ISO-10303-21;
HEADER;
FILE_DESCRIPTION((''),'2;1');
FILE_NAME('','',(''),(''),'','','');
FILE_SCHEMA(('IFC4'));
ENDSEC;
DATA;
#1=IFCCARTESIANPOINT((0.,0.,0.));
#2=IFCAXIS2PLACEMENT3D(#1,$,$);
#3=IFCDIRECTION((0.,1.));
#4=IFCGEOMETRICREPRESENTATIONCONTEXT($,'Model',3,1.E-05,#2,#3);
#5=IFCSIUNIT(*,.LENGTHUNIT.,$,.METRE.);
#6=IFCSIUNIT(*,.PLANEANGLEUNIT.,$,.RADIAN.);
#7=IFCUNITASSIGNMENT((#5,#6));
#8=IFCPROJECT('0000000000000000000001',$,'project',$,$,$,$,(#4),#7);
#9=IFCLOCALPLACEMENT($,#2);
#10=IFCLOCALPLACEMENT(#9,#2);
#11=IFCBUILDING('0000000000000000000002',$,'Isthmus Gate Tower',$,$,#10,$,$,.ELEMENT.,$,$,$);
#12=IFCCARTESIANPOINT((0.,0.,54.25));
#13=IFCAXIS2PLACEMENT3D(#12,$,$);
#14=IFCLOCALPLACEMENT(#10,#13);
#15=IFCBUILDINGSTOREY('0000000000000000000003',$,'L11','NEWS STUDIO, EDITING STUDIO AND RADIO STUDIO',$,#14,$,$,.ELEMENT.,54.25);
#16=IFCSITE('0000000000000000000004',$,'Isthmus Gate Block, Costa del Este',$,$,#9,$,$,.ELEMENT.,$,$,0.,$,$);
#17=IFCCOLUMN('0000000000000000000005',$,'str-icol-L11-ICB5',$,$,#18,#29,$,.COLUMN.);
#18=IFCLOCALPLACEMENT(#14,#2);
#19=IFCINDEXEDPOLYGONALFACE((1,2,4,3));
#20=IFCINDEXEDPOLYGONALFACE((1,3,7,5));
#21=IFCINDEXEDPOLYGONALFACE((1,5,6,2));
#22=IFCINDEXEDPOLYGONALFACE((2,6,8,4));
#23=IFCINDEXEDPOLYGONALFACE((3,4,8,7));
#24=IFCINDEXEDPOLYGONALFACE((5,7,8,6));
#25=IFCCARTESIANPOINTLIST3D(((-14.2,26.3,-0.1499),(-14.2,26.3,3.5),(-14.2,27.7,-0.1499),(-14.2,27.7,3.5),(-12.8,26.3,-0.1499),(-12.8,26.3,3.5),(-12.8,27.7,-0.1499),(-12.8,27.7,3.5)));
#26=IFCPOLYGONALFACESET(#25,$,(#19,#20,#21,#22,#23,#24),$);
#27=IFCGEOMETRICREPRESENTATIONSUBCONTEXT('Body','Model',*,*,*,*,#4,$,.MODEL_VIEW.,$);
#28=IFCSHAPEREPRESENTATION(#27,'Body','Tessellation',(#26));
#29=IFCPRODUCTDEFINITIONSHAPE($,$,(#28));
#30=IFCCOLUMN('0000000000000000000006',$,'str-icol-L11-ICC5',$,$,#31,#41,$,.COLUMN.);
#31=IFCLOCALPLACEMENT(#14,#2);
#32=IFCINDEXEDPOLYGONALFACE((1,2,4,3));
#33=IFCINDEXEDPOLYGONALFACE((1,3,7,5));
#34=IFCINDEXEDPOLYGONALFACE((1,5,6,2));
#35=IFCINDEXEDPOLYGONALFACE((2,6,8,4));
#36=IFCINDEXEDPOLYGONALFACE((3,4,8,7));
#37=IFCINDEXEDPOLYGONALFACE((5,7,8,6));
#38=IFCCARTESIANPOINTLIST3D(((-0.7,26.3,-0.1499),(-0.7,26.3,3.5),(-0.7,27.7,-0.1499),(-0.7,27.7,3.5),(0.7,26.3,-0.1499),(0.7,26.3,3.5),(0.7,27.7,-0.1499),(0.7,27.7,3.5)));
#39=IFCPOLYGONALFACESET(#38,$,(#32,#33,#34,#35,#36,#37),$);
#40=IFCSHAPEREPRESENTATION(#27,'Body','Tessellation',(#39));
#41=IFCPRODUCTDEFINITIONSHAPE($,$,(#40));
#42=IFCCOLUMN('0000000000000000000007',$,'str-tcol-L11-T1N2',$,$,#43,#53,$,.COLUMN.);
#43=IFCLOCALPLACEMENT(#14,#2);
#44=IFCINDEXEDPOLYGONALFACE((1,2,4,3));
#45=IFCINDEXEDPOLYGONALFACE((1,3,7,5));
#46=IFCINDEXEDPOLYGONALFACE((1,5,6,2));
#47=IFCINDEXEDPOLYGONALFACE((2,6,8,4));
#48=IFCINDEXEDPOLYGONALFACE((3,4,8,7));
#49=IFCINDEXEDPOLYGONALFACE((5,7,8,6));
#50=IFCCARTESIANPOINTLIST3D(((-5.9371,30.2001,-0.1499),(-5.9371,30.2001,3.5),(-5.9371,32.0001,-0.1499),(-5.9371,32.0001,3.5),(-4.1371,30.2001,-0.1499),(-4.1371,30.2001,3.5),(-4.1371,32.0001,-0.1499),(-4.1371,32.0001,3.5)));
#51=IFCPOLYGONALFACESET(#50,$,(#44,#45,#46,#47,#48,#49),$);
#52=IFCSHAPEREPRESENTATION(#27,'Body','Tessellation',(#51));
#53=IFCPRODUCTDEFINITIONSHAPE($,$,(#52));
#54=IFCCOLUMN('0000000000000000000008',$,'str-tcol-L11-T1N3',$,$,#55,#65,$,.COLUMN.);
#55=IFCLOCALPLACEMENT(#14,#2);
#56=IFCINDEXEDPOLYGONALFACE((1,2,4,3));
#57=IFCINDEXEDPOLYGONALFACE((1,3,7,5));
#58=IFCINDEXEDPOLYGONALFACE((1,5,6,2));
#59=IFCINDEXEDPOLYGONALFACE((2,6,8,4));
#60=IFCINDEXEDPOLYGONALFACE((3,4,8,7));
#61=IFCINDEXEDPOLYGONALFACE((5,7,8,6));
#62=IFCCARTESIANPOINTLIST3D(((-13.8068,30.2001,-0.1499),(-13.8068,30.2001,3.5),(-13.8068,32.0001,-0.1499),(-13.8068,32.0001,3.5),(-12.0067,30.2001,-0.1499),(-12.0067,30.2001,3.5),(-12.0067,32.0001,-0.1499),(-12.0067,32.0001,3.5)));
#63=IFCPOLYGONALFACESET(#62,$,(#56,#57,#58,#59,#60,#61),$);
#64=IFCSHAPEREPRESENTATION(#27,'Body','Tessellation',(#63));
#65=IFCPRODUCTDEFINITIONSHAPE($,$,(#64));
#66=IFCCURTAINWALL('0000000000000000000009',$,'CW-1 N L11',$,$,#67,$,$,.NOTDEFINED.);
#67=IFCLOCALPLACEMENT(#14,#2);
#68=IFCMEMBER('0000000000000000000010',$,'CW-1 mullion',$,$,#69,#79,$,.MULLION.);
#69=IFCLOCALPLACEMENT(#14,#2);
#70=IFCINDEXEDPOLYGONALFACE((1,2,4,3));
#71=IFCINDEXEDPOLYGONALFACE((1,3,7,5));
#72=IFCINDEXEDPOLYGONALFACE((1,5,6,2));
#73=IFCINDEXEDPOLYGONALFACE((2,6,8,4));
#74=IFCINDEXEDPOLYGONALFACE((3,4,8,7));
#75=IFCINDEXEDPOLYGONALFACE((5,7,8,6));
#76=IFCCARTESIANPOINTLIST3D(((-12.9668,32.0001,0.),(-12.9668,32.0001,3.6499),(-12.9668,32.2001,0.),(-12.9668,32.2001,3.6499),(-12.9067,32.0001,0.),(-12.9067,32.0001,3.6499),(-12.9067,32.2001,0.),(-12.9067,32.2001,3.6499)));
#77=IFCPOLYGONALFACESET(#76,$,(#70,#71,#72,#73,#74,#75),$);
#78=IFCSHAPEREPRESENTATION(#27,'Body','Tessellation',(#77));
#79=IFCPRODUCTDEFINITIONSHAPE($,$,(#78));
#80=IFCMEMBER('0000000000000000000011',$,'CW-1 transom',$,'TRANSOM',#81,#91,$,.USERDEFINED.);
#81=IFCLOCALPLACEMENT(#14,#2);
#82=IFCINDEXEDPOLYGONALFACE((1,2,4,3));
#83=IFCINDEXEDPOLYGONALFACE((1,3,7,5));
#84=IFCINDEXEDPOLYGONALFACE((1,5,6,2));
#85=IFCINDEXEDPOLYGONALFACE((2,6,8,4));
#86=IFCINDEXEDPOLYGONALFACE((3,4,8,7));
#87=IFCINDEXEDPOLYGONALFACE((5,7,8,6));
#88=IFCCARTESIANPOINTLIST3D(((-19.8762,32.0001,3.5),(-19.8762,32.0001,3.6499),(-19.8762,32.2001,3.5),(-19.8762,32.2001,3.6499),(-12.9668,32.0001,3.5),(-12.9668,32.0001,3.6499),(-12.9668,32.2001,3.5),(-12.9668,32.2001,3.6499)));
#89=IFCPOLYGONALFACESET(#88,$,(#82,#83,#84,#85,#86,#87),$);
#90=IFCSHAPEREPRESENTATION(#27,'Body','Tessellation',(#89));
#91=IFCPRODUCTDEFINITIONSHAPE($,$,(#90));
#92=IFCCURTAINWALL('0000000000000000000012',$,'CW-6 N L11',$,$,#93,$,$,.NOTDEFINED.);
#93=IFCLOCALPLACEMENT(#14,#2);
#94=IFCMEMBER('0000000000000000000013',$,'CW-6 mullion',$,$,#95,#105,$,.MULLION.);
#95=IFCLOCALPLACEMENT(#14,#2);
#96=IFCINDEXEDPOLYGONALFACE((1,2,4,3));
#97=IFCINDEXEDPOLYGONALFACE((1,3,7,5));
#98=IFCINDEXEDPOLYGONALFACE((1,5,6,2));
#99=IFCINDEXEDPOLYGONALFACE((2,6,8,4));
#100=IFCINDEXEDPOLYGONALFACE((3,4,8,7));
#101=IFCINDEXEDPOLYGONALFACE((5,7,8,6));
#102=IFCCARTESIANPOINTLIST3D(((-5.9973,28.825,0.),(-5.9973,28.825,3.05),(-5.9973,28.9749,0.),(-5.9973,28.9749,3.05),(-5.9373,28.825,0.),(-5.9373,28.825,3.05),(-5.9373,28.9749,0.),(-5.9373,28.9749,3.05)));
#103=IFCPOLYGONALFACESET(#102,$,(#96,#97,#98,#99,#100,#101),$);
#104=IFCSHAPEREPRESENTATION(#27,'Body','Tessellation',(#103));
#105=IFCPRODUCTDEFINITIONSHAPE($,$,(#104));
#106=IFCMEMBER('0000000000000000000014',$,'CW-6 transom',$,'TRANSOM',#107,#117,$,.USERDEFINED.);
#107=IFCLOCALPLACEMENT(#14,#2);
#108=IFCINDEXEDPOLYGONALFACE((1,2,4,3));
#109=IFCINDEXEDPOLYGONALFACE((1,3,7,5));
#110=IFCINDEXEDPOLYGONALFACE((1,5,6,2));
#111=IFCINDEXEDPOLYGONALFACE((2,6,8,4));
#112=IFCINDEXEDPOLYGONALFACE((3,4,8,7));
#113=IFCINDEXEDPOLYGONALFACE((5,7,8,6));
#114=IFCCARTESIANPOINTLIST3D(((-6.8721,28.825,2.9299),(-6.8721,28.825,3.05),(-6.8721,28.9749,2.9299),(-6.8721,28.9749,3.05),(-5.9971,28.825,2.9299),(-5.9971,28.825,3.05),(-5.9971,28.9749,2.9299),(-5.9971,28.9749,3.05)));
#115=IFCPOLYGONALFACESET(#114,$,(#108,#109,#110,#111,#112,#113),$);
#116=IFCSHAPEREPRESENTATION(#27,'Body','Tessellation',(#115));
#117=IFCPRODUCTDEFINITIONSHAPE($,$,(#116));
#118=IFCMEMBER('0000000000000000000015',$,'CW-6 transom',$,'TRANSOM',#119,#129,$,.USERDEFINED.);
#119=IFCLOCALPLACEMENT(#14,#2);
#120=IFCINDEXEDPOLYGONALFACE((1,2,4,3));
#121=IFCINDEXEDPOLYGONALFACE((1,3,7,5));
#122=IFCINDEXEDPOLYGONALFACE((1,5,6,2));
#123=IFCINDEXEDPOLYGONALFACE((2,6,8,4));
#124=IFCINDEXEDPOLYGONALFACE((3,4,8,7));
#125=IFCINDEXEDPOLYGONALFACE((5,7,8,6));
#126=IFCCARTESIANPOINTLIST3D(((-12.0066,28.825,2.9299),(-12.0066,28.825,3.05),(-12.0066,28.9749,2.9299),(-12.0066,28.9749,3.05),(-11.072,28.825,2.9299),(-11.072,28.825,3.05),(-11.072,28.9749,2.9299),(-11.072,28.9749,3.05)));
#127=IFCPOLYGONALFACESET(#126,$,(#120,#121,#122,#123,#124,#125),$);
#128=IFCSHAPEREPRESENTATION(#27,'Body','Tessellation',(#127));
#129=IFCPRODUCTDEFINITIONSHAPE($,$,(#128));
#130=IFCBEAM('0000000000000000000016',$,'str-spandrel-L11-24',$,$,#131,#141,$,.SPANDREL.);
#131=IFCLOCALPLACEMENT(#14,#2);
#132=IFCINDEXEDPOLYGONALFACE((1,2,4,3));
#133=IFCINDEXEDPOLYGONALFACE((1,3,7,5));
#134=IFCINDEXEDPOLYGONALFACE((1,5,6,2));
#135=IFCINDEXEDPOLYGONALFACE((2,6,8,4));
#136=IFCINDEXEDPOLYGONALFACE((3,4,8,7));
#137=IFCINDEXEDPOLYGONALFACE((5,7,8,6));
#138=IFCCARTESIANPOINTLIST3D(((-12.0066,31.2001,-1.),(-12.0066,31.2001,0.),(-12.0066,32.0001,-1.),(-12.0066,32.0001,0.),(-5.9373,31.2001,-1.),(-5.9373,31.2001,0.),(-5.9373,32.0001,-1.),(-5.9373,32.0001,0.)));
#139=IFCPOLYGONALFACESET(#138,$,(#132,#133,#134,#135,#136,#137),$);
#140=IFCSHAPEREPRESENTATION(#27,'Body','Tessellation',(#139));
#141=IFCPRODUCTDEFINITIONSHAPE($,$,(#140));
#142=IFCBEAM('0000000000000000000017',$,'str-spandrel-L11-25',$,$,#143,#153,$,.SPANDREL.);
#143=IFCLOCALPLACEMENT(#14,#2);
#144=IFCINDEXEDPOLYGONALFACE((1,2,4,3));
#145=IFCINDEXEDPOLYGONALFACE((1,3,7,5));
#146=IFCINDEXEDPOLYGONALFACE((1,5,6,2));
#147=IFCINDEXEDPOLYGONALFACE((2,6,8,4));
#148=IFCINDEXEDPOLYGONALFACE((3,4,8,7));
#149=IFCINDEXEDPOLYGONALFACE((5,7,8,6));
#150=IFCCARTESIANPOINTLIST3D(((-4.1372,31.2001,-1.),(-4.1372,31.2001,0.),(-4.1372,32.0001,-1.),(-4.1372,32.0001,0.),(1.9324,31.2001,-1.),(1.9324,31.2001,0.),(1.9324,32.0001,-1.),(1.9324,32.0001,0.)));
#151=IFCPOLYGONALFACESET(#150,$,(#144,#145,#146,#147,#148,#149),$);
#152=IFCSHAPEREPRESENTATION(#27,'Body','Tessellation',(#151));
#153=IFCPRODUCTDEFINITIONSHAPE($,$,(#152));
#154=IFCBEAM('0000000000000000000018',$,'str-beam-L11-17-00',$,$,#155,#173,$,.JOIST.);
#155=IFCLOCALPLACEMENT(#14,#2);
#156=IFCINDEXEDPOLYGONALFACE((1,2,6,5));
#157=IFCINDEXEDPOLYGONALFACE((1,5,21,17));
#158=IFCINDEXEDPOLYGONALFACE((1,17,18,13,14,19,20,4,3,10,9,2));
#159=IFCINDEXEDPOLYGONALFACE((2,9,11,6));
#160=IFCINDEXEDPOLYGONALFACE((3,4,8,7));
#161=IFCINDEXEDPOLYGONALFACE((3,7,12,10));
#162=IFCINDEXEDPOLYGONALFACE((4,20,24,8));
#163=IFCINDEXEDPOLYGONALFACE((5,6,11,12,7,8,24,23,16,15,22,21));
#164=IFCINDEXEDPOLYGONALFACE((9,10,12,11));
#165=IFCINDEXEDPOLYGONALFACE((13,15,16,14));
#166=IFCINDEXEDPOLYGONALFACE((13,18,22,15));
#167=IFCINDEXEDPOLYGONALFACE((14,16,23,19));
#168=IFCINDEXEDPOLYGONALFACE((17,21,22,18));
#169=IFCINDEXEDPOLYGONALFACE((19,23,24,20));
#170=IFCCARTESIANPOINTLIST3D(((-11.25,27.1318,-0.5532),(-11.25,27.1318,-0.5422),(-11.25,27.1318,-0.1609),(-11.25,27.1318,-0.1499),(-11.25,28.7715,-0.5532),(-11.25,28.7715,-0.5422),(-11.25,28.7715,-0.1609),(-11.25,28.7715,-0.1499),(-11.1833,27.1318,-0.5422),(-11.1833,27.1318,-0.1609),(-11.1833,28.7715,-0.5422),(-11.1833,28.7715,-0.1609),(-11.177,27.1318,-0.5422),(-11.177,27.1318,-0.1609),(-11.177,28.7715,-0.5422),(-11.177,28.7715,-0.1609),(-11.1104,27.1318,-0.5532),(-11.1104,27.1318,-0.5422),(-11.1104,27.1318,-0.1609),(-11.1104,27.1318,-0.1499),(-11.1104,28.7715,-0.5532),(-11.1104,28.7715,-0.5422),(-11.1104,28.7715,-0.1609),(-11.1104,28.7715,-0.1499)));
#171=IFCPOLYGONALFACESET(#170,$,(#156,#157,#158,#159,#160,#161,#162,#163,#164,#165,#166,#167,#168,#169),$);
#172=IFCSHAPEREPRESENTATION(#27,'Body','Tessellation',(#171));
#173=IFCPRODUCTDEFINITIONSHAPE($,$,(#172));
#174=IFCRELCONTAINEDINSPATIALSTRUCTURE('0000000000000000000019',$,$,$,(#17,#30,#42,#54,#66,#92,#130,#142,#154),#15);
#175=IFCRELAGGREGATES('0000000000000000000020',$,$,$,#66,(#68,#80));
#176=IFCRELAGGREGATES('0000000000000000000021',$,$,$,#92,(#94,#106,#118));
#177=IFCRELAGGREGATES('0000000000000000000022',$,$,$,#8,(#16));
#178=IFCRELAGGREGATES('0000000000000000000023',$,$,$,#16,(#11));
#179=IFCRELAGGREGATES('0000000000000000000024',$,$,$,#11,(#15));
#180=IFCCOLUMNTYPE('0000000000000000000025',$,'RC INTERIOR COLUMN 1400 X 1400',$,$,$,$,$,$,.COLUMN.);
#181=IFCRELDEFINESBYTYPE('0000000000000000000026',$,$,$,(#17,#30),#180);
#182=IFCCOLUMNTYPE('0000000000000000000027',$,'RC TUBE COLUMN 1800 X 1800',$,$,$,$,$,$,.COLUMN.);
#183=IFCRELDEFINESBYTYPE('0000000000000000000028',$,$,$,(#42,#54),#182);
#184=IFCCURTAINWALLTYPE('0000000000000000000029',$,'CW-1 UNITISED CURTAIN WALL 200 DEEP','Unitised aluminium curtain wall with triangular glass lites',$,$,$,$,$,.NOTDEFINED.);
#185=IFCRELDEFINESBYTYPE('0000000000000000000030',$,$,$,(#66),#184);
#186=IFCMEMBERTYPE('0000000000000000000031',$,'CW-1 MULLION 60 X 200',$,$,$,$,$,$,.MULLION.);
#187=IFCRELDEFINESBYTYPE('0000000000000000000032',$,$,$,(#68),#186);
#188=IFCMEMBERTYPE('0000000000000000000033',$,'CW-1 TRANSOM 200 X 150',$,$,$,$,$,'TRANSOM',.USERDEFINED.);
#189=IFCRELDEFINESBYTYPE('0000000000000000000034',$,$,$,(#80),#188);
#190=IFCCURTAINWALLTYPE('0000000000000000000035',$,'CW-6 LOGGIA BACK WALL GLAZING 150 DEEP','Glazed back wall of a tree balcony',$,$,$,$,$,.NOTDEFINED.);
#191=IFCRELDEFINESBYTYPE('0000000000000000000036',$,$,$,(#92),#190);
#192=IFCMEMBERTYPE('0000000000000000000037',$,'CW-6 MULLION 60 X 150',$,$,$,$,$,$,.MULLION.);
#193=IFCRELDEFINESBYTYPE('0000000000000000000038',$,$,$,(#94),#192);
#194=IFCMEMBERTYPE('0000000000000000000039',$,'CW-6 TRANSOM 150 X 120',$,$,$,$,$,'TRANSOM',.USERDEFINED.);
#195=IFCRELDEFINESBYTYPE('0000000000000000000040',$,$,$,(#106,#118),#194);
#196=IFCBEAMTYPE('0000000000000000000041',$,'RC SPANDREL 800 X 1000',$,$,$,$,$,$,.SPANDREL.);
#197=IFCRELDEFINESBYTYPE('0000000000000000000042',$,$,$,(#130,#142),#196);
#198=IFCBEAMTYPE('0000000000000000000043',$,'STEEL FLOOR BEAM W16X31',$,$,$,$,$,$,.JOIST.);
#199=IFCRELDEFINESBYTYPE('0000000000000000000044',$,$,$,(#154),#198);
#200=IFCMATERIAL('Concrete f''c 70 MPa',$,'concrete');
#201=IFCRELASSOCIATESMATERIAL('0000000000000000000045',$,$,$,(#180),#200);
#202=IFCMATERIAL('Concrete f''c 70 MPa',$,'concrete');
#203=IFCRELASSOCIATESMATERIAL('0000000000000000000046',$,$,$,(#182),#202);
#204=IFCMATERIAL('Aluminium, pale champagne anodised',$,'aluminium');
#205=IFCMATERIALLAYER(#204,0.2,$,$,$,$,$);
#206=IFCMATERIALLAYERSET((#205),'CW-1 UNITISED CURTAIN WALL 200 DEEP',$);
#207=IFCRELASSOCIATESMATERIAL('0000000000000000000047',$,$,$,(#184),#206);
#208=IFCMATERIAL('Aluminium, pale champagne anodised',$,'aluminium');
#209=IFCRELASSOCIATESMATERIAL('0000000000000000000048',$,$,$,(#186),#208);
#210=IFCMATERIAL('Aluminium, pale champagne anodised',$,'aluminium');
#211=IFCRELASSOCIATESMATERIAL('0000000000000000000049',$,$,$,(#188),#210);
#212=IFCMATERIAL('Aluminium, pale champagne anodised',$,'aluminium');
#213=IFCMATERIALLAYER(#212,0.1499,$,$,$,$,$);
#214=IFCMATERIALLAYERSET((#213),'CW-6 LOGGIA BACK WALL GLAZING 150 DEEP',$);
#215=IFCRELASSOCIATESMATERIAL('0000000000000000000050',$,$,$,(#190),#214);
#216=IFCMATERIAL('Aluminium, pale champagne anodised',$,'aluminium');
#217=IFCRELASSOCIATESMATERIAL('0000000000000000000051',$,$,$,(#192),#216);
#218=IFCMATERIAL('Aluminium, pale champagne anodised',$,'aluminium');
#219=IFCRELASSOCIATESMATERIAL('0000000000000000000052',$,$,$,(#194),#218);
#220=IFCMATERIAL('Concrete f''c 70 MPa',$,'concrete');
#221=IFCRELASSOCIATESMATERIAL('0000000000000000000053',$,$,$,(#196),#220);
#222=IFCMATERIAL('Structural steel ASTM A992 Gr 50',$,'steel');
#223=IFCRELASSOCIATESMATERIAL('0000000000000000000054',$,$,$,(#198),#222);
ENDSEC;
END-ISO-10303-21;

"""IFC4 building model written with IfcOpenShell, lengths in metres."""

from ifc_helpers import new_model, si_unit, direction, frame, origin, origin_2d, place, context, subcontext, project, spatial, rectangle, i_section, extrude, material, layer, layer_set, material_profile, profile_set, type_object, element, aggregate, save


model = new_model("IFC4")

# Units and contexts
model_context = context("Model", 3, precision=1e-05, world=origin(), true_north=direction((0.0, 1.0)))
body_context = subcontext(model_context, "Body", "Model", "MODEL_VIEW")
ifc_project = project(units=[si_unit("LENGTHUNIT", "METRE"), si_unit("PLANEANGLEUNIT", "RADIAN")], contexts=[model_context])

# Site, building, storey
site_placement = place(None, origin())
site = spatial("IfcSite", under=ifc_project, at=site_placement, Name="Isthmus Gate Block, Costa del Este", CompositionType="ELEMENT", RefElevation=0.0)
building_placement = place(site_placement, origin())
building = spatial("IfcBuilding", under=site, at=building_placement, Name="Isthmus Gate Tower", CompositionType="ELEMENT")
storey_placement = place(building_placement, frame((0.0, 0.0, 54.25)))
storey = spatial("IfcBuildingStorey", under=building, at=storey_placement, Name="L11", Description="NEWS STUDIO, EDITING STUDIO AND RADIO STUDIO", CompositionType="ELEMENT", Elevation=54.25)

# Columns
ifc_material_1 = material(Name="Concrete f'c 70 MPa", Category="concrete")
ifc_material_profile_1 = material_profile(ifc_material_1, rectangle(XDim=1.3999, YDim=1.3999, at=origin_2d()), Name="RC 1400X1400")
ifc_profile_set_1 = profile_set([ifc_material_profile_1], Name="Concrete f'c 70 MPa")
column_type_1 = type_object("IfcColumnType", Name="RC INTERIOR COLUMN 1400 X 1400", PredefinedType="COLUMN", material=ifc_profile_set_1)
for number, where, z_axis, x_axis, name in (
    (1, (-13.5, 27.0, -0.1499), (0.0, 0.0, 1.0), (1.0, 0.0, 0.0), "str-icol-L11-ICB5"),
    (2, (0.0, 27.0, -0.1499), (0.0, 0.0, 1.0), (1.0, 0.0, 0.0), "str-icol-L11-ICC5"),
):
    element("IfcColumn", number, at=place(storey_placement, frame(where, z_axis=z_axis, x_axis=x_axis)), inside=storey, type_object=column_type_1, Name=name, PredefinedType="COLUMN", context=body_context, shape_type="SweptSolid", body=[
        extrude(rectangle(XDim=1.3999, YDim=1.3999, at=origin_2d()), origin(), (0.0, 0.0, 1.0), 3.6499),
    ])
ifc_material_2 = material(Name="Concrete f'c 70 MPa", Category="concrete")
ifc_material_profile_2 = material_profile(ifc_material_2, rectangle(XDim=1.8, YDim=1.8, at=origin_2d()), Name="RC 1800X1800")
ifc_profile_set_2 = profile_set([ifc_material_profile_2], Name="Concrete f'c 70 MPa")
column_type_2 = type_object("IfcColumnType", Name="RC TUBE COLUMN 1800 X 1800", PredefinedType="COLUMN", material=ifc_profile_set_2)
for number, where, z_axis, x_axis, name in (
    (3, (-5.0371, 31.1001, -0.1499), (0.0, 0.0, 1.0), (-1.0, 0.0, 0.0), "str-tcol-L11-T1N2"),
    (4, (-12.9067, 31.1001, -0.1499), (0.0, 0.0, 1.0), (-1.0, 0.0, 0.0), "str-tcol-L11-T1N3"),
):
    element("IfcColumn", number, at=place(storey_placement, frame(where, z_axis=z_axis, x_axis=x_axis)), inside=storey, type_object=column_type_2, Name=name, PredefinedType="COLUMN", context=body_context, shape_type="SweptSolid", body=[
        extrude(rectangle(XDim=1.8, YDim=1.8, at=origin_2d()), origin(), (0.0, 0.0, 1.0), 3.6499),
    ])

# Curtain walls, members
ifc_material_3 = material(Name="Aluminium, pale champagne anodised", Category="aluminium")
ifc_layer_1 = layer(ifc_material_3, 0.2)
ifc_layer_set_1 = layer_set([ifc_layer_1], Name="CW-1 UNITISED CURTAIN WALL 200 DEEP")
curtain_wall_type_1 = type_object("IfcCurtainWallType", Name="CW-1 UNITISED CURTAIN WALL 200 DEEP", Description="Unitised aluminium curtain wall with triangular glass lites", PredefinedType="NOTDEFINED", material=ifc_layer_set_1)
curtain_wall_1_placement = place(storey_placement, origin())
curtain_wall_1 = element("IfcCurtainWall", 5, at=curtain_wall_1_placement, inside=storey, type_object=curtain_wall_type_1, Name="CW-1 N L11", PredefinedType="NOTDEFINED")
ifc_material_4 = material(Name="Aluminium, pale champagne anodised", Category="aluminium")
ifc_material_profile_3 = material_profile(ifc_material_4, rectangle(XDim=0.0601, YDim=0.2, at=origin_2d()), Name="60x200")
ifc_profile_set_3 = profile_set([ifc_material_profile_3], Name="Aluminium, pale champagne anodised")
member_type_1 = type_object("IfcMemberType", Name="CW-1 MULLION 60 X 200", PredefinedType="MULLION", material=ifc_profile_set_3)
member_1_placement = place(storey_placement, frame((-12.9368, 32.1001, 0.0), z_axis=(0.0, 0.0, 1.0), x_axis=(-1.0, 0.0, 0.0)))
member_1 = element("IfcMember", 6, at=member_1_placement, type_object=member_type_1, Name="CW-1 mullion", PredefinedType="MULLION", context=body_context, shape_type="SweptSolid", body=[
    extrude(rectangle(XDim=0.0601, YDim=0.2, at=origin_2d()), origin(), (0.0, 0.0, 1.0), 3.6499),
])
ifc_material_5 = material(Name="Aluminium, pale champagne anodised", Category="aluminium")
ifc_material_profile_4 = material_profile(ifc_material_5, rectangle(XDim=0.2, YDim=0.1499, at=origin_2d()), Name="200x150")
ifc_profile_set_4 = profile_set([ifc_material_profile_4], Name="Aluminium, pale champagne anodised")
member_type_2 = type_object("IfcMemberType", Name="CW-1 TRANSOM 200 X 150", ElementType="TRANSOM", PredefinedType="USERDEFINED", material=ifc_profile_set_4)
member_2_placement = place(storey_placement, frame((-12.9668, 32.1001, 3.575), z_axis=(-1.0, 0.0, 0.0), x_axis=(0.0, -1.0, 0.0)))
member_2 = element("IfcMember", 7, at=member_2_placement, type_object=member_type_2, Name="CW-1 transom", ObjectType="TRANSOM", PredefinedType="USERDEFINED", context=body_context, shape_type="SweptSolid", body=[
    extrude(rectangle(XDim=0.2, YDim=0.1499, at=origin_2d()), origin(), (0.0, 0.0, 1.0), 6.9094),
])
ifc_material_6 = material(Name="Aluminium, pale champagne anodised", Category="aluminium")
ifc_layer_2 = layer(ifc_material_6, 0.1499)
ifc_layer_set_2 = layer_set([ifc_layer_2], Name="CW-6 LOGGIA BACK WALL GLAZING 150 DEEP")
curtain_wall_type_2 = type_object("IfcCurtainWallType", Name="CW-6 LOGGIA BACK WALL GLAZING 150 DEEP", Description="Glazed back wall of a tree balcony", PredefinedType="NOTDEFINED", material=ifc_layer_set_2)
curtain_wall_2_placement = place(storey_placement, origin())
curtain_wall_2 = element("IfcCurtainWall", 8, at=curtain_wall_2_placement, inside=storey, type_object=curtain_wall_type_2, Name="CW-6 N L11", PredefinedType="NOTDEFINED")
ifc_material_7 = material(Name="Aluminium, pale champagne anodised", Category="aluminium")
ifc_material_profile_5 = material_profile(ifc_material_7, rectangle(XDim=0.0601, YDim=0.1499, at=origin_2d()), Name="60x150")
ifc_profile_set_5 = profile_set([ifc_material_profile_5], Name="Aluminium, pale champagne anodised")
member_type_3 = type_object("IfcMemberType", Name="CW-6 MULLION 60 X 150", PredefinedType="MULLION", material=ifc_profile_set_5)
member_3_placement = place(storey_placement, frame((-5.9673, 28.8999, 0.0), z_axis=(0.0, 0.0, 1.0), x_axis=(-1.0, 0.0, 0.0)))
member_3 = element("IfcMember", 9, at=member_3_placement, type_object=member_type_3, Name="CW-6 mullion", PredefinedType="MULLION", context=body_context, shape_type="SweptSolid", body=[
    extrude(rectangle(XDim=0.0601, YDim=0.1499, at=origin_2d()), origin(), (0.0, 0.0, 1.0), 3.05),
])
ifc_material_8 = material(Name="Aluminium, pale champagne anodised", Category="aluminium")
ifc_material_profile_6 = material_profile(ifc_material_8, rectangle(XDim=0.1499, YDim=0.1201, at=origin_2d()), Name="150x120")
ifc_profile_set_6 = profile_set([ifc_material_profile_6], Name="Aluminium, pale champagne anodised")
member_type_4 = type_object("IfcMemberType", Name="CW-6 TRANSOM 150 X 120", ElementType="TRANSOM", PredefinedType="USERDEFINED", material=ifc_profile_set_6)
member_4_placement = place(storey_placement, frame((-5.9971, 28.8999, 2.99), z_axis=(-1.0, 0.0, 0.0), x_axis=(0.0, -1.0, 0.0)))
member_4 = element("IfcMember", 10, at=member_4_placement, type_object=member_type_4, Name="CW-6 transom", ObjectType="TRANSOM", PredefinedType="USERDEFINED", context=body_context, shape_type="SweptSolid", body=[
    extrude(rectangle(XDim=0.1499, YDim=0.1201, at=origin_2d()), origin(), (0.0, 0.0, 1.0), 0.875),
])
member_5_placement = place(storey_placement, frame((-11.072, 28.8999, 2.99), z_axis=(-1.0, 0.0, 0.0), x_axis=(0.0, -1.0, 0.0)))
member_5 = element("IfcMember", 11, at=member_5_placement, type_object=member_type_4, Name="CW-6 transom", ObjectType="TRANSOM", PredefinedType="USERDEFINED", context=body_context, shape_type="SweptSolid", body=[
    extrude(rectangle(XDim=0.1499, YDim=0.1201, at=origin_2d()), origin(), (0.0, 0.0, 1.0), 0.9346),
])

# Beams
ifc_material_9 = material(Name="Concrete f'c 70 MPa", Category="concrete")
ifc_material_profile_7 = material_profile(ifc_material_9, rectangle(XDim=0.8, YDim=1.0, at=origin_2d()), Name="RC 800X1000")
ifc_profile_set_7 = profile_set([ifc_material_profile_7], Name="Concrete f'c 70 MPa")
beam_type_1 = type_object("IfcBeamType", Name="RC SPANDREL 800 X 1000", PredefinedType="SPANDREL", material=ifc_profile_set_7)
beam_1_placement = place(storey_placement, frame((-12.0066, 31.6001, -0.5), z_axis=(1.0, 0.0, 0.0), x_axis=(0.0, 1.0, 0.0)))
element("IfcBeam", 12, at=beam_1_placement, inside=storey, type_object=beam_type_1, Name="str-spandrel-L11-24", PredefinedType="SPANDREL", context=body_context, shape_type="SweptSolid", body=[
    extrude(rectangle(XDim=0.8, YDim=1.0, at=origin_2d()), origin(), (0.0, 0.0, 1.0), 6.0693),
])
beam_2_placement = place(storey_placement, frame((-4.1372, 31.6001, -0.5), z_axis=(1.0, 0.0, 0.0), x_axis=(0.0, 1.0, 0.0)))
element("IfcBeam", 13, at=beam_2_placement, inside=storey, type_object=beam_type_1, Name="str-spandrel-L11-25", PredefinedType="SPANDREL", context=body_context, shape_type="SweptSolid", body=[
    extrude(rectangle(XDim=0.8, YDim=1.0, at=origin_2d()), origin(), (0.0, 0.0, 1.0), 6.0696),
])
ifc_material_10 = material(Name="Structural steel ASTM A992 Gr 50", Category="steel")
ifc_material_profile_8 = material_profile(ifc_material_10, i_section(OverallWidth=0.1396, OverallDepth=0.4033, WebThickness=0.0063, FlangeThickness=0.011, at=origin_2d()), Name="W16X31")
ifc_profile_set_8 = profile_set([ifc_material_profile_8], Name="Structural steel ASTM A992 Gr 50")
beam_type_2 = type_object("IfcBeamType", Name="STEEL FLOOR BEAM W16X31", PredefinedType="JOIST", material=ifc_profile_set_8)
for number, where, z_axis, x_axis, name in (
    (14, (-11.1802, 27.1318, -0.3516), (0.0, 1.0, 0.0), (-1.0, 0.0, 0.0), "str-beam-L11-17-00"),
):
    element("IfcBeam", number, at=place(storey_placement, frame(where, z_axis=z_axis, x_axis=x_axis)), inside=storey, type_object=beam_type_2, Name=name, PredefinedType="JOIST", context=body_context, shape_type="SweptSolid", body=[
        extrude(i_section(OverallWidth=0.1396, OverallDepth=0.4033, WebThickness=0.0063, FlangeThickness=0.011, at=origin_2d()), origin(), (0.0, 0.0, 1.0), 1.6396),
    ])

aggregate(curtain_wall_1, [member_1, member_2])
aggregate(curtain_wall_2, [member_3, member_4, member_5])

save(model, "model.ifc")
